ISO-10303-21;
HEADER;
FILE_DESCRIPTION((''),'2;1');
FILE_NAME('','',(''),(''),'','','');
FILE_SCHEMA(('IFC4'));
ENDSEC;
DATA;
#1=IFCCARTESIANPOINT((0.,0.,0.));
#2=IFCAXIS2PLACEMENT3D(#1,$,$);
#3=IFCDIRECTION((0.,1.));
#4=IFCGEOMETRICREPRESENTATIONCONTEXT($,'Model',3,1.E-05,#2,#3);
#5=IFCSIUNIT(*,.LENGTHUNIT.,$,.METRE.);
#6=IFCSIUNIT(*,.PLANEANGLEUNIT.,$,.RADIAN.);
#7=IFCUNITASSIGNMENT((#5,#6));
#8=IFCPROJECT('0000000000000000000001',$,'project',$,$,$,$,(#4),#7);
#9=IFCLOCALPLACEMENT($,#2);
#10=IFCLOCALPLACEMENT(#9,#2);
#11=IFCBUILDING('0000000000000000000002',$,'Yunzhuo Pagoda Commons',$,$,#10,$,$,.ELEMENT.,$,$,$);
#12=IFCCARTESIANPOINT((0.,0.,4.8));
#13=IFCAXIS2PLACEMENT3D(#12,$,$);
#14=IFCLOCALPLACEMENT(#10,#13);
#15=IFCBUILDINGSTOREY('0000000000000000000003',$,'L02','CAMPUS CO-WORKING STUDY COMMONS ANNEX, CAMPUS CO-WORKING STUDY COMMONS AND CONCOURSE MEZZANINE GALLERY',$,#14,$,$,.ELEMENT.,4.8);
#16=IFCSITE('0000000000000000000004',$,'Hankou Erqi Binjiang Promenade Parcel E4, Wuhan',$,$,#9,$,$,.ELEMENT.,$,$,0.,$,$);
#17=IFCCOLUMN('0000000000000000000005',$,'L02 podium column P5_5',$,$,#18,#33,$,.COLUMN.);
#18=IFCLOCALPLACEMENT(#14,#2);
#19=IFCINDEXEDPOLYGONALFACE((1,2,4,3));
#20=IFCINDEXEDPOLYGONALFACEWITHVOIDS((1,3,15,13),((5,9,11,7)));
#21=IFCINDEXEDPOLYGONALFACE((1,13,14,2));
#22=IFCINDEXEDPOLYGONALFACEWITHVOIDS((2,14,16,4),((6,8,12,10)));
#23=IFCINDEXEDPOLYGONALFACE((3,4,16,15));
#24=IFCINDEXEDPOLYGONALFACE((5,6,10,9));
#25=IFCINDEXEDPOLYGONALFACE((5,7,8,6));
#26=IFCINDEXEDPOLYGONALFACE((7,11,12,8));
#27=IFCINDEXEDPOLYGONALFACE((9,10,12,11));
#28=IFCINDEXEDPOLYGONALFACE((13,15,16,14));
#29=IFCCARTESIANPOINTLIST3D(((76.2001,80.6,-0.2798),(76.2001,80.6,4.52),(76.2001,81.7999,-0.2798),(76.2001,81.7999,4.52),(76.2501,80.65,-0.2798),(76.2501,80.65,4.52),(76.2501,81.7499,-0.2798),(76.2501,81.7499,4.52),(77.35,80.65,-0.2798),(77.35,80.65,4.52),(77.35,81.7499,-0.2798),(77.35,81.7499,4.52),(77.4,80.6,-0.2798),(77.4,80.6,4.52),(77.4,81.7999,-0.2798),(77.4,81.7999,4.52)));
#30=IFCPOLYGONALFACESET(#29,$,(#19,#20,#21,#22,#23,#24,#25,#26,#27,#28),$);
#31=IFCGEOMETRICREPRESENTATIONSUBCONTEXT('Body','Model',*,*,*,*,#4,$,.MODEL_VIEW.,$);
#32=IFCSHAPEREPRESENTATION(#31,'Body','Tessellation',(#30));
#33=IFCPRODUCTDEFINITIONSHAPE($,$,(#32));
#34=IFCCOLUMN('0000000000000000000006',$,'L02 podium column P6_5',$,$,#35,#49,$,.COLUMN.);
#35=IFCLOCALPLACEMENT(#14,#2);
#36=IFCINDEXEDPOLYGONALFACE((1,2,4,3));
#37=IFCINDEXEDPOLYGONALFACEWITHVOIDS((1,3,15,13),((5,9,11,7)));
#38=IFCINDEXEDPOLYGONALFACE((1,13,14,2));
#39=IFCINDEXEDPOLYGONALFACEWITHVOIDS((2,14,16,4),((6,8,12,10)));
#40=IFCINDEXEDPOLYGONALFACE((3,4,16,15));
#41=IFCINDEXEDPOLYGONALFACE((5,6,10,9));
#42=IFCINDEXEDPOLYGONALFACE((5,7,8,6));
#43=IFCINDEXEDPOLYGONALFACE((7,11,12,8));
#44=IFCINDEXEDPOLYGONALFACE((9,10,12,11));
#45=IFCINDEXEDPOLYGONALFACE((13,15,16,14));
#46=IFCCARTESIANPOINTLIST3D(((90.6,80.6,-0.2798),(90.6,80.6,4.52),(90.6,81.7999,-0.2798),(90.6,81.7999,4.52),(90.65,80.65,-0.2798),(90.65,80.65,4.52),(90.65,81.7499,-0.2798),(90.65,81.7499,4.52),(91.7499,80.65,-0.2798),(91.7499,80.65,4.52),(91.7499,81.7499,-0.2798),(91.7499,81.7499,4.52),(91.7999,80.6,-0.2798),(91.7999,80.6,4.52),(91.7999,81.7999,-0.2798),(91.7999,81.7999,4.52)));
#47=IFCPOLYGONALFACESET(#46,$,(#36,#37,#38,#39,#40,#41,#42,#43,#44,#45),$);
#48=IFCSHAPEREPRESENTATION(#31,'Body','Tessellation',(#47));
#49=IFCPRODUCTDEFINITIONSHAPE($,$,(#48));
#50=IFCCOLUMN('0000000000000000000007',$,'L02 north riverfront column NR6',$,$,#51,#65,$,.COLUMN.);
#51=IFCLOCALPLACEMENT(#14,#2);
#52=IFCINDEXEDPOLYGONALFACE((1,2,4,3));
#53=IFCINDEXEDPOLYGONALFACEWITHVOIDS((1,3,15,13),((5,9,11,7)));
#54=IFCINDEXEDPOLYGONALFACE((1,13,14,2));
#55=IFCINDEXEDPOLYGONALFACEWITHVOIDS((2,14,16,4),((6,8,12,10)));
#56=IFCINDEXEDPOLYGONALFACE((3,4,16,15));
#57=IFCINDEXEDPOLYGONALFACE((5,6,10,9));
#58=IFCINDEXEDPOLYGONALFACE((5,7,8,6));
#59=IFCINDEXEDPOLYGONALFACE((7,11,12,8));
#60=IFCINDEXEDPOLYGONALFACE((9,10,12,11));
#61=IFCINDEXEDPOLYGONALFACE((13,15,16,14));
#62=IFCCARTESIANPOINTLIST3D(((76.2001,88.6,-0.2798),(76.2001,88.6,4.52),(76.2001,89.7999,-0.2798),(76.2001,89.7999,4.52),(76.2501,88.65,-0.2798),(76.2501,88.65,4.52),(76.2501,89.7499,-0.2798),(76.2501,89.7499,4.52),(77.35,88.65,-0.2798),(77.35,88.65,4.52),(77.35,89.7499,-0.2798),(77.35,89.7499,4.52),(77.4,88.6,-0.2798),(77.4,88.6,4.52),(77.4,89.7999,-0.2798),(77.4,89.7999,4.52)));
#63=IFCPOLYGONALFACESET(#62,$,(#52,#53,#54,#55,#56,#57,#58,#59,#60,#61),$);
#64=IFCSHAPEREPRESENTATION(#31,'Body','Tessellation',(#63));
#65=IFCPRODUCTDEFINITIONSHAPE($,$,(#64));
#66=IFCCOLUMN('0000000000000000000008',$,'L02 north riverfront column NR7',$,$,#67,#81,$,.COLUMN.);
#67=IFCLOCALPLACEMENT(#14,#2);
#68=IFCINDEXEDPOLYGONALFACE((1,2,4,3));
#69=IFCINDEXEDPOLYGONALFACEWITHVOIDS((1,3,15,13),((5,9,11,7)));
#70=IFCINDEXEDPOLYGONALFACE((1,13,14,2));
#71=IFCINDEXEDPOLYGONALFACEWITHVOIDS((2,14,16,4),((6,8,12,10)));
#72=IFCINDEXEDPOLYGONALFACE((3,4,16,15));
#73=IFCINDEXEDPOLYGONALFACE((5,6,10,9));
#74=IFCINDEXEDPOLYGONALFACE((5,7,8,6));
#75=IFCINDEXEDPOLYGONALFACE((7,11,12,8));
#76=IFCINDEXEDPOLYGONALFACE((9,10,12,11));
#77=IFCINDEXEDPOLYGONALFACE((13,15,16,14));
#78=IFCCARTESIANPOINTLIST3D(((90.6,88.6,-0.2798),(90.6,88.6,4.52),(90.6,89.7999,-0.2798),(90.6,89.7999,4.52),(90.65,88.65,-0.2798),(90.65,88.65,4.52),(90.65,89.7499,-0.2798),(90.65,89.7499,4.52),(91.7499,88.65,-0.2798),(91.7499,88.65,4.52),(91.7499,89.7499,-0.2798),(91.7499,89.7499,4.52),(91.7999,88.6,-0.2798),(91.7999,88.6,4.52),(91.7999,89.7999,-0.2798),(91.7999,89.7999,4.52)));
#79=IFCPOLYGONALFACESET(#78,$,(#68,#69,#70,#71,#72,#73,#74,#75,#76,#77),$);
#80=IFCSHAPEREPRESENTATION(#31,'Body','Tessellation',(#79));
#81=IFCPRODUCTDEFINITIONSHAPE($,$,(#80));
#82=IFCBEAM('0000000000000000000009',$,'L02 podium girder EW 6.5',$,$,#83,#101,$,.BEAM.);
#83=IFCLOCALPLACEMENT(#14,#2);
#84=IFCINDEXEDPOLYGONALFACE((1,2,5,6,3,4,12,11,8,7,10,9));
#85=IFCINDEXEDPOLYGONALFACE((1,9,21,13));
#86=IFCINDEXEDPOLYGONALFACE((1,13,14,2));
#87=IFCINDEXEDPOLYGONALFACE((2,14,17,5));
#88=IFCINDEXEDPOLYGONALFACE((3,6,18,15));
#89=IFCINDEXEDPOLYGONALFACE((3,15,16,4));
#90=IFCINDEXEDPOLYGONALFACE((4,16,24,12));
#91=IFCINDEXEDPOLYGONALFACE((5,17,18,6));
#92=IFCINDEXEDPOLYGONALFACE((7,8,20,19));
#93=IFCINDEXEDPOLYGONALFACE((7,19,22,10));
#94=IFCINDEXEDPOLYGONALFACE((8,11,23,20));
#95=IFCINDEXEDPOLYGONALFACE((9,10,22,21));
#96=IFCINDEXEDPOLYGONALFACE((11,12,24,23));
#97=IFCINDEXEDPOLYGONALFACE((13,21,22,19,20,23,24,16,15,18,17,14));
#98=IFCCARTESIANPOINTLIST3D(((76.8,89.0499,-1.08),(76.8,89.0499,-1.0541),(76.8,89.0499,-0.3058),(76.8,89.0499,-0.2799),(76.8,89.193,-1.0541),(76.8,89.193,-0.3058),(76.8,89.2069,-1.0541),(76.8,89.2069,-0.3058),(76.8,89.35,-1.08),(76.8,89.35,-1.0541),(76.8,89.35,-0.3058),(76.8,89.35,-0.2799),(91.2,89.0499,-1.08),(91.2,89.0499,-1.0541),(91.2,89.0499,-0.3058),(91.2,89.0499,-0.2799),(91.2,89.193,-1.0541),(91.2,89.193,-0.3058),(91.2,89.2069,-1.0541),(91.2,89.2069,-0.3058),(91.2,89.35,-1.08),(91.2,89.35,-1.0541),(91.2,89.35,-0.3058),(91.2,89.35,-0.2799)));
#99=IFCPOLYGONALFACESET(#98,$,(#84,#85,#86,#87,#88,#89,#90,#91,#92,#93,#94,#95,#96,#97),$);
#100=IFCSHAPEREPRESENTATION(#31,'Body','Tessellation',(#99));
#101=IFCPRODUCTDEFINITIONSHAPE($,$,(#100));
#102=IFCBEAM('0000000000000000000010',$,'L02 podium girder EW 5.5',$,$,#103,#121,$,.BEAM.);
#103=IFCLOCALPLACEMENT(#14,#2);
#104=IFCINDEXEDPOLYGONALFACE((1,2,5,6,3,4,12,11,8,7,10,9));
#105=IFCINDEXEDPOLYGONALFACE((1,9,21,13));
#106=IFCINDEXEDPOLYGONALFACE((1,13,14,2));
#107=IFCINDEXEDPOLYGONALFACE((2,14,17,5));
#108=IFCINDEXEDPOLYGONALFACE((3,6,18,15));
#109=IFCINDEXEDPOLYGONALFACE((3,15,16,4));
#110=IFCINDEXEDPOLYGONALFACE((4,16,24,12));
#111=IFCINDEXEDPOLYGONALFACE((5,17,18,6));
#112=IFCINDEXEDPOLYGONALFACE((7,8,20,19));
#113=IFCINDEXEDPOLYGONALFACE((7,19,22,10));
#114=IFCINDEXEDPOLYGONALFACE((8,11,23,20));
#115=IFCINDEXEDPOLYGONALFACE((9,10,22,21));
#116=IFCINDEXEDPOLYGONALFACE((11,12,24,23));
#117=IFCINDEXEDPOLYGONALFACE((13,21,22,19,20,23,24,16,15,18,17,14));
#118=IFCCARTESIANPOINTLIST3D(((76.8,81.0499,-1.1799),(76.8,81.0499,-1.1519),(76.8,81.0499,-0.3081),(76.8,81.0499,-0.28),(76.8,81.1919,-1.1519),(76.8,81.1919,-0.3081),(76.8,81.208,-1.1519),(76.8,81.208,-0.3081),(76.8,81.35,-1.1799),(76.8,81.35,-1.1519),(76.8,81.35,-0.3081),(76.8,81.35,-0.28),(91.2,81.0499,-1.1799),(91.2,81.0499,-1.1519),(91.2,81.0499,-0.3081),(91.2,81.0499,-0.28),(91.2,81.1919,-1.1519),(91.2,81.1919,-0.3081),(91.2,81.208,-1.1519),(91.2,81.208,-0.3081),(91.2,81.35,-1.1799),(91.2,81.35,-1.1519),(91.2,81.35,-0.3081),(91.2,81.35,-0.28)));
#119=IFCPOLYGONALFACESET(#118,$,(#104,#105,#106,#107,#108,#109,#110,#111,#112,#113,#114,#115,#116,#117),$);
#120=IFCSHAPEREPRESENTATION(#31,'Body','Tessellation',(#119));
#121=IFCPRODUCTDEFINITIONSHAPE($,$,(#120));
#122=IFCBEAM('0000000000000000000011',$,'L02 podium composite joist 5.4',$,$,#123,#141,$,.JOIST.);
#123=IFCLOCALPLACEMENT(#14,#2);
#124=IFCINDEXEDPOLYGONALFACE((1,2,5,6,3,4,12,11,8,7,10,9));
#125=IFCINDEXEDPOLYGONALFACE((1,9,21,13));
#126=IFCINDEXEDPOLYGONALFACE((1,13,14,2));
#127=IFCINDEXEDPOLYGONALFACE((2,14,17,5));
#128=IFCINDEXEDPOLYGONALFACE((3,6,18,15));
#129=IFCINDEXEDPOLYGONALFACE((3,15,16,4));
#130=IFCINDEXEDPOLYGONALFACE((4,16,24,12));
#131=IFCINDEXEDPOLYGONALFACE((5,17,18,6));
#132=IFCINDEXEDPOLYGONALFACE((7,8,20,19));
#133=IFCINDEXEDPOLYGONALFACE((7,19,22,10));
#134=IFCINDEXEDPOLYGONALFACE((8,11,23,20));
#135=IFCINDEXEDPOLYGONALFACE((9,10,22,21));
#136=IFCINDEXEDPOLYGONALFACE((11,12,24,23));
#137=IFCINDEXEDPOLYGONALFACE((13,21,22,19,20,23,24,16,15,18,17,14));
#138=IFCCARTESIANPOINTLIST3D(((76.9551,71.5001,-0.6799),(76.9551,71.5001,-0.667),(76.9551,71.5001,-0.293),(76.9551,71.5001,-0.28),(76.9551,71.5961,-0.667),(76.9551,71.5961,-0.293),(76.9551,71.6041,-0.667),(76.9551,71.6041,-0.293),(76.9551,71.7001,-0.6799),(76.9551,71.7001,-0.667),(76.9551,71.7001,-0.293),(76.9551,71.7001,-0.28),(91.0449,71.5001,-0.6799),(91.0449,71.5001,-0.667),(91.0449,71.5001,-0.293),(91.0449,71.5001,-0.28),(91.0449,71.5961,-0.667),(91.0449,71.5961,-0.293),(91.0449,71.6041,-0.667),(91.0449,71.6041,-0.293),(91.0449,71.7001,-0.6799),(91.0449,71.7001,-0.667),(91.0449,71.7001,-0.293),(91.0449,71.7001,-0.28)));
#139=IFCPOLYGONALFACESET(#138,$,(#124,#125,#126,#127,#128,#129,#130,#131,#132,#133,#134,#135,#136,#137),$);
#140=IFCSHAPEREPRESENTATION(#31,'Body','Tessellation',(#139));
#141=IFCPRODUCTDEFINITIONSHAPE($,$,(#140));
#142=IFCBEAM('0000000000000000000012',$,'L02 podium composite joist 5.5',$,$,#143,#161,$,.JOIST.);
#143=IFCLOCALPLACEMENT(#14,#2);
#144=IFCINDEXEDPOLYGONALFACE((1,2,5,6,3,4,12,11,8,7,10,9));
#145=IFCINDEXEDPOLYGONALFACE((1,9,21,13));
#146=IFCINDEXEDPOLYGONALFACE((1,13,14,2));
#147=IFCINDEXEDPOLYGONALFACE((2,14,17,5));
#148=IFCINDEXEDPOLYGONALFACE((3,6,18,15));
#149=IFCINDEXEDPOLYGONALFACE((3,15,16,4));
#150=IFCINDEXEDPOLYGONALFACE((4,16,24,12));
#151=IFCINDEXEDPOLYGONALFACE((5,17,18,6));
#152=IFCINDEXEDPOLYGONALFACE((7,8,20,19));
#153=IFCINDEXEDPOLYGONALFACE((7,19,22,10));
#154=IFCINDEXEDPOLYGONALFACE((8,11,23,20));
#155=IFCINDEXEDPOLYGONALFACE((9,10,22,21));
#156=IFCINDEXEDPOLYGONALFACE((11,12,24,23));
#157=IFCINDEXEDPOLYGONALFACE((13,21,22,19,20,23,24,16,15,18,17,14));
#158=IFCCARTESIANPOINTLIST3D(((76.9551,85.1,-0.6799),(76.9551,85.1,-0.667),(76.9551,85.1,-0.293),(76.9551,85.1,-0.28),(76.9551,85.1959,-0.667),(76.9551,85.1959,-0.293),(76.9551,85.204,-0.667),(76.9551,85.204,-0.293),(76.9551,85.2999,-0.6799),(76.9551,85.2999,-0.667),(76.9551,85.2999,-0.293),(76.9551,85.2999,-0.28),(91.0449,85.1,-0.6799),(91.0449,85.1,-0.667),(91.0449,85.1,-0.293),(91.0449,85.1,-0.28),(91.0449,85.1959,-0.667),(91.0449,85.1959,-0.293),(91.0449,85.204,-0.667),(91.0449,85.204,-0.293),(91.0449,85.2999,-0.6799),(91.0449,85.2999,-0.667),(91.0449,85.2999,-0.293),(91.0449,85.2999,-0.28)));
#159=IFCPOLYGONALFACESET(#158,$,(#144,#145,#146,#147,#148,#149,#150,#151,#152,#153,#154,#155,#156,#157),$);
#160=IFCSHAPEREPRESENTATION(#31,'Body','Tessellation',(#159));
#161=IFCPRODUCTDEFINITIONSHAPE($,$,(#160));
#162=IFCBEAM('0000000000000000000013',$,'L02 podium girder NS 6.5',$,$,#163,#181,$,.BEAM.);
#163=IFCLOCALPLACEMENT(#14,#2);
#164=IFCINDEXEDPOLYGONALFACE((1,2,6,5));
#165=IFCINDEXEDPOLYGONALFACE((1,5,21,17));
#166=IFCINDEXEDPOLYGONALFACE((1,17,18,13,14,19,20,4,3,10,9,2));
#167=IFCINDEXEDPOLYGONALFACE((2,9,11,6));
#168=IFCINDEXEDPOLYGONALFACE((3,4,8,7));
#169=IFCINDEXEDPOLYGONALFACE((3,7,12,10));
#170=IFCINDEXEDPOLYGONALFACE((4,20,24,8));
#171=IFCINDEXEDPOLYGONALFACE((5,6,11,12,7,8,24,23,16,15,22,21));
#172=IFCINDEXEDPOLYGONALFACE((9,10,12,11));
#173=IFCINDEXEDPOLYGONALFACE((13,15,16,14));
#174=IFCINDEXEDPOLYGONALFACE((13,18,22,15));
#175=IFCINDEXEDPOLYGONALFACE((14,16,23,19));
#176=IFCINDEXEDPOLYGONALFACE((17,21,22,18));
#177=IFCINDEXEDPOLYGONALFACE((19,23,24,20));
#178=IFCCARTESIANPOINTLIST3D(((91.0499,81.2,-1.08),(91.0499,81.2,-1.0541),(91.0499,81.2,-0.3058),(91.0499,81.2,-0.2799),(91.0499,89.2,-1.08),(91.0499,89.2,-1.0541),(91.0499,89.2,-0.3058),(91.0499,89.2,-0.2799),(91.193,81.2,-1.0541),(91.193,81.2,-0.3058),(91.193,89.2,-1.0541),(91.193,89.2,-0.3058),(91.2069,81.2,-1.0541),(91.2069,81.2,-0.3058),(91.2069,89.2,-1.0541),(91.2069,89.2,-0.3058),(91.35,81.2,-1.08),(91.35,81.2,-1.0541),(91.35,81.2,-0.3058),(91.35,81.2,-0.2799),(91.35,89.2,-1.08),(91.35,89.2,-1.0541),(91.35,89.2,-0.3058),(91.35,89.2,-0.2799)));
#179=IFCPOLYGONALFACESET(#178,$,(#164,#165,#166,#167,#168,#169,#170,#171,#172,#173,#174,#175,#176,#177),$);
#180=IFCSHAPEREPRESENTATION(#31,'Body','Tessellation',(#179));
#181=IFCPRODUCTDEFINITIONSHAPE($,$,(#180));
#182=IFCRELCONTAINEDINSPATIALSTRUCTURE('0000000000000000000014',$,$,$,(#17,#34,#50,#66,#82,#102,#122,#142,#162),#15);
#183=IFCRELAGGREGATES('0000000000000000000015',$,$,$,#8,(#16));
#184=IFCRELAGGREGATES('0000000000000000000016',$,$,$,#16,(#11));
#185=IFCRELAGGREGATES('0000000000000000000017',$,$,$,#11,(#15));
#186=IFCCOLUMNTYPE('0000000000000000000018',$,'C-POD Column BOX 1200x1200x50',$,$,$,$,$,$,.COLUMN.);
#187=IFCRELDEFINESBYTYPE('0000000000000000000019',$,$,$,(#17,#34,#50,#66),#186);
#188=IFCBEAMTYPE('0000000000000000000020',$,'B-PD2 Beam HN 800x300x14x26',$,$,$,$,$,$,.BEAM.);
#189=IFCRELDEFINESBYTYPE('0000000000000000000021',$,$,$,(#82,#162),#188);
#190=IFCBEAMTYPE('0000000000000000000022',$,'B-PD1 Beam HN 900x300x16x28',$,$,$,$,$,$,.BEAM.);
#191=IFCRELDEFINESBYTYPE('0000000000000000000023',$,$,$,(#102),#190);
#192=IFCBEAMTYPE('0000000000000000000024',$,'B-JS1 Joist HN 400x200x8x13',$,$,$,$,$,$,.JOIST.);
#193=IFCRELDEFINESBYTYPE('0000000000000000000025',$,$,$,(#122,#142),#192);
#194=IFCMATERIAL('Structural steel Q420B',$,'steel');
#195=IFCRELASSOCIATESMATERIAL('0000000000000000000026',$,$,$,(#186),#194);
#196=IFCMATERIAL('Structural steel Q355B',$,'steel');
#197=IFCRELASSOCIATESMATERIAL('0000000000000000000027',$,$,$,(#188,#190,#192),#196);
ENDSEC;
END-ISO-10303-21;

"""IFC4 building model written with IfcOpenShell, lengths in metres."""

from ifc_helpers import new_model, si_unit, direction, frame, origin, origin_2d, place, context, subcontext, project, spatial, hollow_rectangle, i_section, extrude, source, transform, mapped, material, material_profile, profile_set, type_object, element, save


model = new_model("IFC4")

# Units and contexts
model_context = context("Model", 3, precision=1e-05, world=origin(), true_north=direction((0.0, 1.0)))
body_context = subcontext(model_context, "Body", "Model", "MODEL_VIEW")
ifc_project = project(units=[si_unit("LENGTHUNIT", "METRE"), si_unit("PLANEANGLEUNIT", "RADIAN")], contexts=[model_context])

# Site, building, storey
site_placement = place(None, origin())
site = spatial("IfcSite", under=ifc_project, at=site_placement, Name="Hankou Erqi Binjiang Promenade Parcel E4, Wuhan", CompositionType="ELEMENT", RefElevation=0.0)
building_placement = place(site_placement, origin())
building = spatial("IfcBuilding", under=site, at=building_placement, Name="Yunzhuo Pagoda Commons", CompositionType="ELEMENT")
storey_placement = place(building_placement, frame((0.0, 0.0, 4.8)))
storey = spatial("IfcBuildingStorey", under=building, at=storey_placement, Name="L02", Description="CAMPUS CO-WORKING STUDY COMMONS ANNEX, CAMPUS CO-WORKING STUDY COMMONS AND CONCOURSE MEZZANINE GALLERY", CompositionType="ELEMENT", Elevation=4.8)

# Columns
ifc_material_1 = material(Name="Structural steel Q420B", Category="steel")
ifc_material_profile_1 = material_profile(ifc_material_1, hollow_rectangle(XDim=1.2, YDim=1.2, WallThickness=0.05, at=origin_2d()), Name="Structural steel Q420B")
ifc_profile_set_1 = profile_set([ifc_material_profile_1], Name="Structural steel Q420B")
column_type = type_object("IfcColumnType", Name="C-POD Column BOX 1200x1200x50", PredefinedType="COLUMN", material=ifc_profile_set_1)
shared_shape_1 = source(origin(), body_context, "Body", "SweptSolid", [
    extrude(hollow_rectangle(XDim=1.2, YDim=1.2, WallThickness=0.05, at=origin_2d()), origin(), (0.0, 0.0, 1.0), 4.7998),
])
for number, where, z_axis, x_axis, name in (
    (1, (76.8, 81.2, -0.2798), (0.0, 0.0, 1.0), (1.0, 0.0, 0.0), "L02 podium column P5_5"),
    (2, (91.2, 81.2, -0.2798), (0.0, 0.0, 1.0), (1.0, 0.0, 0.0), "L02 podium column P6_5"),
    (3, (76.8, 89.2, -0.2798), (0.0, 0.0, 1.0), (1.0, 0.0, 0.0), "L02 north riverfront column NR6"),
    (4, (91.2, 89.2, -0.2798), (0.0, 0.0, 1.0), (1.0, 0.0, 0.0), "L02 north riverfront column NR7"),
):
    element("IfcColumn", number, at=place(storey_placement, frame(where, z_axis=z_axis, x_axis=x_axis)), inside=storey, type_object=column_type, Name=name, PredefinedType="COLUMN", context=body_context, shape_type="MappedRepresentation", body=[
        mapped(shared_shape_1, transform((0.0, 0.0, 0.0), scale=1.0)),
    ])

# Beams
ifc_material_2 = material(Name="Structural steel Q355B", Category="steel")
ifc_material_profile_2 = material_profile(ifc_material_2, i_section(OverallWidth=0.3, OverallDepth=0.8, WebThickness=0.0139, FlangeThickness=0.0259, at=origin_2d()), Name="Structural steel Q355B")
ifc_profile_set_2 = profile_set([ifc_material_profile_2], Name="Structural steel Q355B")
beam_type_1 = type_object("IfcBeamType", Name="B-PD2 Beam HN 800x300x14x26", PredefinedType="BEAM", material=ifc_profile_set_2)
shared_shape_2 = source(origin(), body_context, "Body", "SweptSolid", [
    extrude(i_section(OverallWidth=0.3, OverallDepth=0.8, WebThickness=0.0139, FlangeThickness=0.0259, at=origin_2d()), origin(), (0.0, 0.0, 1.0), 14.3999),
])
beam_1_placement = place(storey_placement, frame((76.8, 89.2, -0.6799), z_axis=(1.0, 0.0, 0.0), x_axis=(0.0, 1.0, 0.0)))
element("IfcBeam", 5, at=beam_1_placement, inside=storey, type_object=beam_type_1, Name="L02 podium girder EW 6.5", PredefinedType="BEAM", context=body_context, shape_type="MappedRepresentation", body=[
    mapped(shared_shape_2, transform((0.0, 0.0, 0.0), scale=1.0)),
])
ifc_material_profile_3 = material_profile(ifc_material_2, i_section(OverallWidth=0.3, OverallDepth=0.8999, WebThickness=0.0161, FlangeThickness=0.0281, at=origin_2d()), Name="Structural steel Q355B")
ifc_profile_set_3 = profile_set([ifc_material_profile_3], Name="Structural steel Q355B")
beam_type_2 = type_object("IfcBeamType", Name="B-PD1 Beam HN 900x300x16x28", PredefinedType="BEAM", material=ifc_profile_set_3)
shared_shape_3 = source(origin(), body_context, "Body", "SweptSolid", [
    extrude(i_section(OverallWidth=0.3, OverallDepth=0.8999, WebThickness=0.0161, FlangeThickness=0.0281, at=origin_2d()), origin(), (0.0, 0.0, 1.0), 14.3999),
])
beam_2_placement = place(storey_placement, frame((76.8, 81.2, -0.73), z_axis=(1.0, 0.0, 0.0), x_axis=(0.0, 1.0, 0.0)))
element("IfcBeam", 6, at=beam_2_placement, inside=storey, type_object=beam_type_2, Name="L02 podium girder EW 5.5", PredefinedType="BEAM", context=body_context, shape_type="MappedRepresentation", body=[
    mapped(shared_shape_3, transform((0.0, 0.0, 0.0), scale=1.0)),
])
ifc_material_profile_4 = material_profile(ifc_material_2, i_section(OverallWidth=0.2, OverallDepth=0.3999, WebThickness=0.0081, FlangeThickness=0.0129, at=origin_2d()), Name="Structural steel Q355B")
ifc_profile_set_4 = profile_set([ifc_material_profile_4], Name="Structural steel Q355B")
beam_type_3 = type_object("IfcBeamType", Name="B-JS1 Joist HN 400x200x8x13", PredefinedType="JOIST", material=ifc_profile_set_4)
shared_shape_4 = source(origin(), body_context, "Body", "SweptSolid", [
    extrude(i_section(OverallWidth=0.2, OverallDepth=0.3999, WebThickness=0.0081, FlangeThickness=0.0129, at=origin_2d()), origin(), (0.0, 0.0, 1.0), 14.0898),
])
for number, where, z_axis, x_axis, name in (
    (7, (76.9551, 71.6001, -0.48), (1.0, 0.0, 0.0), (0.0, 1.0, 0.0), "L02 podium composite joist 5.4"),
    (8, (76.9551, 85.2, -0.48), (1.0, 0.0, 0.0), (0.0, 1.0, 0.0), "L02 podium composite joist 5.5"),
):
    element("IfcBeam", number, at=place(storey_placement, frame(where, z_axis=z_axis, x_axis=x_axis)), inside=storey, type_object=beam_type_3, Name=name, PredefinedType="JOIST", context=body_context, shape_type="MappedRepresentation", body=[
        mapped(shared_shape_4, transform((0.0, 0.0, 0.0), scale=1.0)),
    ])
shared_shape_5 = source(origin(), body_context, "Body", "SweptSolid", [
    extrude(i_section(OverallWidth=0.3, OverallDepth=0.8, WebThickness=0.0139, FlangeThickness=0.0259, at=origin_2d()), origin(), (0.0, 0.0, 1.0), 8.0),
])
beam_3_placement = place(storey_placement, frame((91.2, 81.2, -0.6799), z_axis=(0.0, 1.0, 0.0), x_axis=(-1.0, 0.0, 0.0)))
element("IfcBeam", 9, at=beam_3_placement, inside=storey, type_object=beam_type_1, Name="L02 podium girder NS 6.5", PredefinedType="BEAM", context=body_context, shape_type="MappedRepresentation", body=[
    mapped(shared_shape_5, transform((0.0, 0.0, 0.0), scale=1.0)),
])

save(model, "model.ifc")
